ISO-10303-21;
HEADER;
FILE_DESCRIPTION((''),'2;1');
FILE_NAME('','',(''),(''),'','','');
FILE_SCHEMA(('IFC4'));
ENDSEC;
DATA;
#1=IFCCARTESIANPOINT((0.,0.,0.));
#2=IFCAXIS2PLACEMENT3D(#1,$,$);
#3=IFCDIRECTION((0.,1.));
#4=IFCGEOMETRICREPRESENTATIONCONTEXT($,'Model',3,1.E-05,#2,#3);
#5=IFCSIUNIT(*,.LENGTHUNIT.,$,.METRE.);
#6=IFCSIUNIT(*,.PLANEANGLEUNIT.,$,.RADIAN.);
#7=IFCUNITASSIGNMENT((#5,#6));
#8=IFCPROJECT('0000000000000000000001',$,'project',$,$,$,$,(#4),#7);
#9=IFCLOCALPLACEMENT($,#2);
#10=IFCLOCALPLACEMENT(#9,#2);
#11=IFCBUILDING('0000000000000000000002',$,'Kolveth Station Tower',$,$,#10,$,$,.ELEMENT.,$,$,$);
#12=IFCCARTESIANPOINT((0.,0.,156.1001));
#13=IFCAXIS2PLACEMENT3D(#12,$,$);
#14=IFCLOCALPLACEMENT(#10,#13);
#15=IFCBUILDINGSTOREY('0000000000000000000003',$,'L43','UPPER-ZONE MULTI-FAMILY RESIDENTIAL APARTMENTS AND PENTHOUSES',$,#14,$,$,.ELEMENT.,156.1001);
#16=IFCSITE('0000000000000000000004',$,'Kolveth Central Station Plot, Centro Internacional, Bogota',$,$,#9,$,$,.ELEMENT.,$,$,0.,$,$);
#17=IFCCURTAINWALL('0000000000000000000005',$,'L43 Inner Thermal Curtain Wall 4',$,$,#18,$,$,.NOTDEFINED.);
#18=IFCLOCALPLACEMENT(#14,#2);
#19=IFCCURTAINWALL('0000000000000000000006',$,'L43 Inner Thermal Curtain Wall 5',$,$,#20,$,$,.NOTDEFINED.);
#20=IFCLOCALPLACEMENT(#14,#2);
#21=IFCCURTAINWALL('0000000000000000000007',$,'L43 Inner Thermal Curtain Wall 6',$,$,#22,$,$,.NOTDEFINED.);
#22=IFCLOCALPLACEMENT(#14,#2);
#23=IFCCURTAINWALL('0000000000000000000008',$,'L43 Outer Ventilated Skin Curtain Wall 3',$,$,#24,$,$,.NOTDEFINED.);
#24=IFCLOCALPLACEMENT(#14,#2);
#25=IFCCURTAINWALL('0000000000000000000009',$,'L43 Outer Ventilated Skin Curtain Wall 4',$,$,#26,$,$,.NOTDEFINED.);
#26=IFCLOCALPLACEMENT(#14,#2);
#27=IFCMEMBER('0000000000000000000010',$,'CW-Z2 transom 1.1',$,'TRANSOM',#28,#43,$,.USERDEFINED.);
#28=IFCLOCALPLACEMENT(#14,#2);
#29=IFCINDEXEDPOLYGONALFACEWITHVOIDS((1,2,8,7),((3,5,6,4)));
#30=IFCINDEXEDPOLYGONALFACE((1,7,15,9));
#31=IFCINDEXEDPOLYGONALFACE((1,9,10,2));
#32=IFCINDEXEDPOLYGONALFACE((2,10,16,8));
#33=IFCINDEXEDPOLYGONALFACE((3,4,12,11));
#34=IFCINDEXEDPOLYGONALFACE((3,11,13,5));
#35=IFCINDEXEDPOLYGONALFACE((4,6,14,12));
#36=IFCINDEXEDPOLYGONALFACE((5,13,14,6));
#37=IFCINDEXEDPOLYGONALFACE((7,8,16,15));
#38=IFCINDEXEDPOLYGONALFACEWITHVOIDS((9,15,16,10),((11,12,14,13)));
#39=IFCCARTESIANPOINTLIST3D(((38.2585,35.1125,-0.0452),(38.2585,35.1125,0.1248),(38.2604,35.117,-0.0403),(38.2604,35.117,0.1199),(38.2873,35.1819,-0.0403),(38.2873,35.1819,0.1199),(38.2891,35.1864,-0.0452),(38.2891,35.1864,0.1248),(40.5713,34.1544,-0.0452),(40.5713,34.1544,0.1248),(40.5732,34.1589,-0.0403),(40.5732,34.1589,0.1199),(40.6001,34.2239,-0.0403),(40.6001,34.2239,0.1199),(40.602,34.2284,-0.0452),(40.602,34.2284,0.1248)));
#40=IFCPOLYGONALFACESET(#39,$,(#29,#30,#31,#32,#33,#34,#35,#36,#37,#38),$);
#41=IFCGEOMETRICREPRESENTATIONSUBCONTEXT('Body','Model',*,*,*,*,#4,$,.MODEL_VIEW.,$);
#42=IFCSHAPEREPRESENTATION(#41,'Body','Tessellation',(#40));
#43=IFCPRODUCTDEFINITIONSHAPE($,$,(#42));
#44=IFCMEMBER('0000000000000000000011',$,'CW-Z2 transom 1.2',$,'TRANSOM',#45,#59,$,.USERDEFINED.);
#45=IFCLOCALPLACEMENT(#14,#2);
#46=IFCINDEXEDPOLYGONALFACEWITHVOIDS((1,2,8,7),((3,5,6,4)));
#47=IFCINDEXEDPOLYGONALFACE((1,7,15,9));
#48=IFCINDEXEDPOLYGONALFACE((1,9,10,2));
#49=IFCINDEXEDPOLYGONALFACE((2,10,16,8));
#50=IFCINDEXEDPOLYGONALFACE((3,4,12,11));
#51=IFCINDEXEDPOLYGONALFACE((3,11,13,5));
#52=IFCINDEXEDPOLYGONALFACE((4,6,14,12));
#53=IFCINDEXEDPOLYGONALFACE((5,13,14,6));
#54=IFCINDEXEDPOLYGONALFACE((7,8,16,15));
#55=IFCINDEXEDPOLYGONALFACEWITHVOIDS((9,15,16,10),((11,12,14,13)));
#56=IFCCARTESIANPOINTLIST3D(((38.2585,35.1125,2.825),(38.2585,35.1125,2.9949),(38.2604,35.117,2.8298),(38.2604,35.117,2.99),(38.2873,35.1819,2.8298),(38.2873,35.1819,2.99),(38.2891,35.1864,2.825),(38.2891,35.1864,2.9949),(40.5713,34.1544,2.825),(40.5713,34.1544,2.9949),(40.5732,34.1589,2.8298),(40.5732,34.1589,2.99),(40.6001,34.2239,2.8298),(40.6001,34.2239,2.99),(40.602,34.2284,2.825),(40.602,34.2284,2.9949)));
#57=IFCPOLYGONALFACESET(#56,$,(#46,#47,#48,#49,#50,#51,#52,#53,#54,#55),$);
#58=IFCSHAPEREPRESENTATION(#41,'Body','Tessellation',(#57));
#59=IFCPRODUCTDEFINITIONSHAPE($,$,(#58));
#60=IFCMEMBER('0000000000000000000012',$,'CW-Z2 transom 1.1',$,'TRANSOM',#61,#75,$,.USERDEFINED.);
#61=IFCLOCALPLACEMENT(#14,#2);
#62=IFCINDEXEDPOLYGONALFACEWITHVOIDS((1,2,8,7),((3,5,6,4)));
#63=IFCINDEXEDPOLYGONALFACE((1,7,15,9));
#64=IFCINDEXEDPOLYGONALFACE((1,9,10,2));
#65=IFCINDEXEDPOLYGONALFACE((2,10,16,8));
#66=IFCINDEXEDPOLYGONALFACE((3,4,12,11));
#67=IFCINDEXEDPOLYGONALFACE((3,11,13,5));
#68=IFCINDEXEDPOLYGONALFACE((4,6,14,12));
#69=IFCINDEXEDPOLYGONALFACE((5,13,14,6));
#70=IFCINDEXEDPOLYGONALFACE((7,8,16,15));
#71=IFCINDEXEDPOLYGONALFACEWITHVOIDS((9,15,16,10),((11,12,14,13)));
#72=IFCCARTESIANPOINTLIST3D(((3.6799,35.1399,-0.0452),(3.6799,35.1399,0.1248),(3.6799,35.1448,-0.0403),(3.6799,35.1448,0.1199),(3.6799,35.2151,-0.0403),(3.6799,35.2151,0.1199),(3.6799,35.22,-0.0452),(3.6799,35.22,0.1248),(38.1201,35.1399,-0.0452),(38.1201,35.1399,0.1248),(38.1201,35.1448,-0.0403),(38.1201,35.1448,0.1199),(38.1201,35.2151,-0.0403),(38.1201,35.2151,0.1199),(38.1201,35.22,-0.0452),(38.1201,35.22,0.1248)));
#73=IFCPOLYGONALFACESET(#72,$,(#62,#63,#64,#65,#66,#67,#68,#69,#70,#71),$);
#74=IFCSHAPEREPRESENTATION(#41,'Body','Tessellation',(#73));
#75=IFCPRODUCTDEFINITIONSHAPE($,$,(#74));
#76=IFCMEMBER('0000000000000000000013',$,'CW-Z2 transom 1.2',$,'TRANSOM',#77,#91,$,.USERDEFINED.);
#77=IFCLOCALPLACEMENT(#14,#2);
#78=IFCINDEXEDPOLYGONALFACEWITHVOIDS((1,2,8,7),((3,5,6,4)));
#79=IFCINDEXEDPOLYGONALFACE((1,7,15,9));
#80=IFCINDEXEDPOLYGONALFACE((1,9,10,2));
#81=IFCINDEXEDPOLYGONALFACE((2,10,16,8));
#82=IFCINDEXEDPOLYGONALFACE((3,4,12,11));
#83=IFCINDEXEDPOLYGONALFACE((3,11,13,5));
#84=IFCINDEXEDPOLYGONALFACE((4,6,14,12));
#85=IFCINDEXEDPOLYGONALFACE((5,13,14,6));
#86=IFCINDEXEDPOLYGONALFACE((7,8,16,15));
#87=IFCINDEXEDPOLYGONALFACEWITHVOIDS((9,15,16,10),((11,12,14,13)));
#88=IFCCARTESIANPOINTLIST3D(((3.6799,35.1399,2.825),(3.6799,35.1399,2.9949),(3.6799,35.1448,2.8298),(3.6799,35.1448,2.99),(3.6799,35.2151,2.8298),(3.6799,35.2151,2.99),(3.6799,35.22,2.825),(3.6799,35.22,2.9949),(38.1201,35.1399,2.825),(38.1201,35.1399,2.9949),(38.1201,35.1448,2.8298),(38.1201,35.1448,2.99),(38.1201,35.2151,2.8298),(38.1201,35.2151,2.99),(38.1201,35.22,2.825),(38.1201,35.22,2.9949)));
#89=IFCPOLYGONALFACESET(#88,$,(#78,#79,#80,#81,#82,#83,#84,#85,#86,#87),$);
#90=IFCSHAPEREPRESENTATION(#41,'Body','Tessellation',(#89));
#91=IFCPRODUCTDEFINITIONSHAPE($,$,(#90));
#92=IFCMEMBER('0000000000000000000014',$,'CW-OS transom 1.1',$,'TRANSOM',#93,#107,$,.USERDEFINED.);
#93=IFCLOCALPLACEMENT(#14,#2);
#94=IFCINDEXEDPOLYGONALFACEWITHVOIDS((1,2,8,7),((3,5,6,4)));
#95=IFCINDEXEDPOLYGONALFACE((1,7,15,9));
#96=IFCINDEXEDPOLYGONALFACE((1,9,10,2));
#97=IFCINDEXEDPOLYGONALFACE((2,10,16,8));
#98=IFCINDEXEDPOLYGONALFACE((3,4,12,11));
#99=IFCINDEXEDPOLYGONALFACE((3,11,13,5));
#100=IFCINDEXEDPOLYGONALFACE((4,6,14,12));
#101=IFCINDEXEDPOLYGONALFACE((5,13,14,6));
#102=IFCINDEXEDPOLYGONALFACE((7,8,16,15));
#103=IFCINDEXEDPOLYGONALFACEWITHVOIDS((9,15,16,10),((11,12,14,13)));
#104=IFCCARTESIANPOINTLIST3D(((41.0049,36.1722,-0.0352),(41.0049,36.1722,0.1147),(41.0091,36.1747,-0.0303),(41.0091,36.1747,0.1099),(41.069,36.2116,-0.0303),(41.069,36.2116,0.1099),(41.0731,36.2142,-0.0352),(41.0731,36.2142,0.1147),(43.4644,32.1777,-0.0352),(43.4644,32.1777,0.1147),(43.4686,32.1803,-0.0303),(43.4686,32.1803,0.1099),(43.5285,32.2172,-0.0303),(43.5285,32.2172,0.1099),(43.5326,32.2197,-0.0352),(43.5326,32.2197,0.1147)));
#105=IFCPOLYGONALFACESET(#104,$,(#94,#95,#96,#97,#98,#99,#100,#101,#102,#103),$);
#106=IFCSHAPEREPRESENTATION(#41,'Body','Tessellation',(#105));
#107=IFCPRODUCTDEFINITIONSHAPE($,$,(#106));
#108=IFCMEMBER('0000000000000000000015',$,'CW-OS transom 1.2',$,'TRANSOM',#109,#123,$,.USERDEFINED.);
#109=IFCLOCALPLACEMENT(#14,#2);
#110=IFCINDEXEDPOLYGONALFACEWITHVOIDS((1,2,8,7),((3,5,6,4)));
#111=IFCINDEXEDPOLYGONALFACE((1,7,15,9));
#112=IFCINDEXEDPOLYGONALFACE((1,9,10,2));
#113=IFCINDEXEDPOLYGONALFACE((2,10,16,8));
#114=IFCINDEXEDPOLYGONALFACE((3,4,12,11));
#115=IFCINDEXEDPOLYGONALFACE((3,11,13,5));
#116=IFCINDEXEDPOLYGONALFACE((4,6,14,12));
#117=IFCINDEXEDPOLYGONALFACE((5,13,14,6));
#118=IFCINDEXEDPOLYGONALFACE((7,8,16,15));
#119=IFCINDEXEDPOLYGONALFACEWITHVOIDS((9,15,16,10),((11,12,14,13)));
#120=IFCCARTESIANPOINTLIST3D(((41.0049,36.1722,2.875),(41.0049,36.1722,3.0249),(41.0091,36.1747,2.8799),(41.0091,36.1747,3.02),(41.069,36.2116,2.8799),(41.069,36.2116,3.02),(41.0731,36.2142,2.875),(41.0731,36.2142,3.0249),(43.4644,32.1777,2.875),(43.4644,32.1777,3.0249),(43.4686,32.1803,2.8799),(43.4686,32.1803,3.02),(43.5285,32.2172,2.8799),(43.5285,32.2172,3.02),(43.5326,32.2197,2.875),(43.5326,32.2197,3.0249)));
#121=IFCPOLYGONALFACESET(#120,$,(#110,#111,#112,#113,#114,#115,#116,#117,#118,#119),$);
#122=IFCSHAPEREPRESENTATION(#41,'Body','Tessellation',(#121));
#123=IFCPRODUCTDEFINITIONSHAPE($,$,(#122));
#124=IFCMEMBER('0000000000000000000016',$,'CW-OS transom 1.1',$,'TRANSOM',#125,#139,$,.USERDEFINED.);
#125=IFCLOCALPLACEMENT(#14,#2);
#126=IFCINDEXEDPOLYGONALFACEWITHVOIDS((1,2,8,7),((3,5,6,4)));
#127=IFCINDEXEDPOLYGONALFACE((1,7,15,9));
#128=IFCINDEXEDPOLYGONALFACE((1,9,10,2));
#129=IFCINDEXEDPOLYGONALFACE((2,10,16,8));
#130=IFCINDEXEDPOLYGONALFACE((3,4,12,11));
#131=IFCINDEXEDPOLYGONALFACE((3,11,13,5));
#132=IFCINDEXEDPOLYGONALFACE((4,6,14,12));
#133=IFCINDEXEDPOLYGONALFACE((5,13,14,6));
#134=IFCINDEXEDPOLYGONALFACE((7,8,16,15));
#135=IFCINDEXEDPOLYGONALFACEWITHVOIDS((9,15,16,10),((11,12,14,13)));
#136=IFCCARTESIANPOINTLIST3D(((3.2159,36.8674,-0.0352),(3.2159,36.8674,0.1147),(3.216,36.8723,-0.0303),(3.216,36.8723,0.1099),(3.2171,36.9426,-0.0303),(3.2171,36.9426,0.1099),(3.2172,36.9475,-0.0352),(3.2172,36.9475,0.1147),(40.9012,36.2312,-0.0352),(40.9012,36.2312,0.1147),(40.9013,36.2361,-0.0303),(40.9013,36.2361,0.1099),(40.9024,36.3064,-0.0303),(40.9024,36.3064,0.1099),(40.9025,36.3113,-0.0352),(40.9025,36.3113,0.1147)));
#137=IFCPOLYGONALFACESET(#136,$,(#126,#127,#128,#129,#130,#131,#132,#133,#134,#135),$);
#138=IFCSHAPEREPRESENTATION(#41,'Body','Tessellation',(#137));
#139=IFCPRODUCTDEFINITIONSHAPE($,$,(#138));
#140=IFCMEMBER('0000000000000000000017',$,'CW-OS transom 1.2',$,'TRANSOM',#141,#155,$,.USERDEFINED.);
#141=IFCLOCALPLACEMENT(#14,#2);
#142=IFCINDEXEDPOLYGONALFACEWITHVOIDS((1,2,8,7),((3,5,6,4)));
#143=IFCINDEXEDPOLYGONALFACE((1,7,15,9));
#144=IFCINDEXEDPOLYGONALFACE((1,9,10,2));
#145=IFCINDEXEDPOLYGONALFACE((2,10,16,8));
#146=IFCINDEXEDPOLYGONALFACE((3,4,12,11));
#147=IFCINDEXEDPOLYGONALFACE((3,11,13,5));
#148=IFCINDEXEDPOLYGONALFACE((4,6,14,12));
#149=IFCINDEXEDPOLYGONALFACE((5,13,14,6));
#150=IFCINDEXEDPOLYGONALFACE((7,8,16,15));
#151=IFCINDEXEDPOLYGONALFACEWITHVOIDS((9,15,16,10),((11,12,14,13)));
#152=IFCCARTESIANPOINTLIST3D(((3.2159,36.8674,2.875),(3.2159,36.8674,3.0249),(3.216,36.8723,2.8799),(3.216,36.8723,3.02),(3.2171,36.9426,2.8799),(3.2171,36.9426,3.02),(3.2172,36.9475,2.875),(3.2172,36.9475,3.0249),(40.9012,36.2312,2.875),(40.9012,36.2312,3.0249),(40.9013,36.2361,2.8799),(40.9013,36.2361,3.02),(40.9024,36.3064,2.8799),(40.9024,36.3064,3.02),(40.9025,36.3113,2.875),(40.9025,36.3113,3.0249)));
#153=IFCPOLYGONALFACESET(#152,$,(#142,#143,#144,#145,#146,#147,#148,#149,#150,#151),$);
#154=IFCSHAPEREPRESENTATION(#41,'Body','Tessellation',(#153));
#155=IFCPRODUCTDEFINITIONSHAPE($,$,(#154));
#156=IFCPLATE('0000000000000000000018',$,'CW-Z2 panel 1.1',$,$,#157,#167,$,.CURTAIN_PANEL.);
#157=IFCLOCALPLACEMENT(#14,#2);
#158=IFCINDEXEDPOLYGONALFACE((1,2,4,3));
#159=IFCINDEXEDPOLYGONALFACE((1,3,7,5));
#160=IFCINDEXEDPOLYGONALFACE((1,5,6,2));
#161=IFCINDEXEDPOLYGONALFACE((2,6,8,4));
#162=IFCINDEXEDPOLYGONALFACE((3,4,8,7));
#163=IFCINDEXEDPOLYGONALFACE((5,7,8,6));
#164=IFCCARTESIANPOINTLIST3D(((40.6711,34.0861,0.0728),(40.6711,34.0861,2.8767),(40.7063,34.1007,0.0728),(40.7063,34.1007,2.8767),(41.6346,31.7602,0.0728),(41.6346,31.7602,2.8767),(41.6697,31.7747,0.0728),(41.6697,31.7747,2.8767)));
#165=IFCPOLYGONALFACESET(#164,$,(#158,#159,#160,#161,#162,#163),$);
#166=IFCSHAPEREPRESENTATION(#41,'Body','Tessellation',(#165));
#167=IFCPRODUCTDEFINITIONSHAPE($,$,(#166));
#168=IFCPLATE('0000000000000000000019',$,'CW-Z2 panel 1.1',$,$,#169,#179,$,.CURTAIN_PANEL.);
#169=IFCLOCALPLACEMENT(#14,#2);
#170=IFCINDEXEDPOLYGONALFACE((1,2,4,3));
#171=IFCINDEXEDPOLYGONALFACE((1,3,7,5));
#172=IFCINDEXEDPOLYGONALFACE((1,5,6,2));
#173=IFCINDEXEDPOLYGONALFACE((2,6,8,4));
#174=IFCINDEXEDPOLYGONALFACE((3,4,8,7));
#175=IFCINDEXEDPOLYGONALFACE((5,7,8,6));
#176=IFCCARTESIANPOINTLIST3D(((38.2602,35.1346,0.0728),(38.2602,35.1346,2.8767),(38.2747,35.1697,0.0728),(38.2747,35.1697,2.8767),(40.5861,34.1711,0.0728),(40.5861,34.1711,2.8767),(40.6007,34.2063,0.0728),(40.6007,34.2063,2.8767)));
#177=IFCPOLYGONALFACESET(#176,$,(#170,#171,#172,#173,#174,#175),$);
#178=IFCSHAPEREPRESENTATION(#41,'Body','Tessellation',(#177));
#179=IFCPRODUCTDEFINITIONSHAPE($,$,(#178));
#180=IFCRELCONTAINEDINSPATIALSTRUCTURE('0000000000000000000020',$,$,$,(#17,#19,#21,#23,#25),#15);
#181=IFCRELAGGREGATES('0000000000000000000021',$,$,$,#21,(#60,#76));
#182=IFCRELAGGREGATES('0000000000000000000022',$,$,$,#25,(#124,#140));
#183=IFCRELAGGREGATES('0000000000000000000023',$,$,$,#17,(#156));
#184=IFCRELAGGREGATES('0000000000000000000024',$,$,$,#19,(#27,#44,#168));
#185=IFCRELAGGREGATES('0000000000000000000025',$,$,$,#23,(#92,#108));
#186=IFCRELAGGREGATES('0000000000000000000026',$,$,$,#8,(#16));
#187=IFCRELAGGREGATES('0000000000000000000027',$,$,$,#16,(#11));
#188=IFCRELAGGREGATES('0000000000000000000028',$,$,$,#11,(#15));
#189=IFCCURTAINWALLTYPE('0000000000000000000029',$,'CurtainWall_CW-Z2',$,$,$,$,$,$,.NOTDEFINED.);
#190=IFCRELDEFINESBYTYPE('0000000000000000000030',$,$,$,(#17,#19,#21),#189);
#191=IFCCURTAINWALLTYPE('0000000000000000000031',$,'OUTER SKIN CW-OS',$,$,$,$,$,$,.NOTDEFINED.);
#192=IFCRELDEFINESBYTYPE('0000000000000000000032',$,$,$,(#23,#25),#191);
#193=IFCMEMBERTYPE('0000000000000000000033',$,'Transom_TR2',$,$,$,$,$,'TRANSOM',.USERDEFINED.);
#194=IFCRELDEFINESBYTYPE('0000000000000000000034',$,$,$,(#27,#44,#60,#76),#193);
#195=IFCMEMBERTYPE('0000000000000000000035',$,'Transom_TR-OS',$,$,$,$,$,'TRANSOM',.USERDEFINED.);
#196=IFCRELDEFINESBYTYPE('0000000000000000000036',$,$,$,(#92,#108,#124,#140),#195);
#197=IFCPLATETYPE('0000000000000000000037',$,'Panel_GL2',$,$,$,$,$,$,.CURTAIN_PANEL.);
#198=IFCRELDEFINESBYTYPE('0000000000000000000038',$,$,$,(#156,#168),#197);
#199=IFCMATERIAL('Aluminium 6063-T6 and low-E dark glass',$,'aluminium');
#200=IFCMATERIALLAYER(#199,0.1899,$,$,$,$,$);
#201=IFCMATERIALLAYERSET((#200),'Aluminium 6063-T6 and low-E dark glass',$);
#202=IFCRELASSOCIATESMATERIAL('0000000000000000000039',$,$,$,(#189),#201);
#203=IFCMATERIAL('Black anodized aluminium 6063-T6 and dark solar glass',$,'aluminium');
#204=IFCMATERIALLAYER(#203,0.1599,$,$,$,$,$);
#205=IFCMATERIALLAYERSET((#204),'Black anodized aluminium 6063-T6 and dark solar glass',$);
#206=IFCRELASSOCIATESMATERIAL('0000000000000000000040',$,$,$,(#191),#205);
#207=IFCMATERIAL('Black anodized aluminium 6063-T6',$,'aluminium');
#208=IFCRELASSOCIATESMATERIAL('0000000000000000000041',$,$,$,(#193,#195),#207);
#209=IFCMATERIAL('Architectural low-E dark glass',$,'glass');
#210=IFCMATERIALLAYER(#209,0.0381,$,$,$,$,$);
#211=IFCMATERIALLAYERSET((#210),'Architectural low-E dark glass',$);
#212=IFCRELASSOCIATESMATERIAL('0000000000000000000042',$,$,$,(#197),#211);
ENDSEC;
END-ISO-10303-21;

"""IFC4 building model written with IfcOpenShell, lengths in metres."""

from ifc_helpers import new_model, si_unit, direction, frame, origin, origin_2d, place, context, subcontext, project, spatial, rectangle, hollow_rectangle, extrude, source, transform, mapped, material, layer, layer_set, material_profile, profile_set, type_object, element, aggregate, save


model = new_model("IFC4")

# Units and contexts
model_context = context("Model", 3, precision=1e-05, world=origin(), true_north=direction((0.0, 1.0)))
body_context = subcontext(model_context, "Body", "Model", "MODEL_VIEW")
ifc_project = project(units=[si_unit("LENGTHUNIT", "METRE"), si_unit("PLANEANGLEUNIT", "RADIAN")], contexts=[model_context])

# Site, building, storey
site_placement = place(None, origin())
site = spatial("IfcSite", under=ifc_project, at=site_placement, Name="Kolveth Central Station Plot, Centro Internacional, Bogota", CompositionType="ELEMENT", RefElevation=0.0)
building_placement = place(site_placement, origin())
building = spatial("IfcBuilding", under=site, at=building_placement, Name="Kolveth Station Tower", CompositionType="ELEMENT")
storey_placement = place(building_placement, frame((0.0, 0.0, 156.1001)))
storey = spatial("IfcBuildingStorey", under=building, at=storey_placement, Name="L43", Description="UPPER-ZONE MULTI-FAMILY RESIDENTIAL APARTMENTS AND PENTHOUSES", CompositionType="ELEMENT", Elevation=156.1001)

# Curtain wall
ifc_material_1 = material(Name="Aluminium 6063-T6 and low-E dark glass", Category="aluminium")
ifc_layer_1 = layer(ifc_material_1, 0.1899)
ifc_layer_set_1 = layer_set([ifc_layer_1], Name="Aluminium 6063-T6 and low-E dark glass")
curtain_wall_type_1 = type_object("IfcCurtainWallType", Name="CurtainWall_CW-Z2", PredefinedType="NOTDEFINED", material=ifc_layer_set_1)
curtain_wall_1_placement = place(storey_placement, origin())
curtain_wall_1 = element("IfcCurtainWall", 1, at=curtain_wall_1_placement, inside=storey, type_object=curtain_wall_type_1, Name="L43 Inner Thermal Curtain Wall 4", PredefinedType="NOTDEFINED")
ifc_material_2 = material(Name="Black anodized aluminium 6063-T6", Category="aluminium")

# Curtain wall
curtain_wall_2_placement = place(storey_placement, origin())
curtain_wall_2 = element("IfcCurtainWall", 2, at=curtain_wall_2_placement, inside=storey, type_object=curtain_wall_type_1, Name="L43 Inner Thermal Curtain Wall 5", PredefinedType="NOTDEFINED")

# Curtain wall
curtain_wall_3_placement = place(storey_placement, origin())
curtain_wall_3 = element("IfcCurtainWall", 3, at=curtain_wall_3_placement, inside=storey, type_object=curtain_wall_type_1, Name="L43 Inner Thermal Curtain Wall 6", PredefinedType="NOTDEFINED")
ifc_material_3 = material(Name="Black anodized aluminium 6063-T6 and dark solar glass", Category="aluminium")
ifc_layer_2 = layer(ifc_material_3, 0.1599)
ifc_layer_set_2 = layer_set([ifc_layer_2], Name="Black anodized aluminium 6063-T6 and dark solar glass")
curtain_wall_type_2 = type_object("IfcCurtainWallType", Name="OUTER SKIN CW-OS", PredefinedType="NOTDEFINED", material=ifc_layer_set_2)

# Curtain wall
curtain_wall_4_placement = place(storey_placement, origin())
curtain_wall_4 = element("IfcCurtainWall", 4, at=curtain_wall_4_placement, inside=storey, type_object=curtain_wall_type_2, Name="L43 Outer Ventilated Skin Curtain Wall 3", PredefinedType="NOTDEFINED")

# Curtain wall
curtain_wall_5_placement = place(storey_placement, origin())
curtain_wall_5 = element("IfcCurtainWall", 5, at=curtain_wall_5_placement, inside=storey, type_object=curtain_wall_type_2, Name="L43 Outer Ventilated Skin Curtain Wall 4", PredefinedType="NOTDEFINED")

# Members
ifc_material_profile_1 = material_profile(ifc_material_2, hollow_rectangle(XDim=0.0801, YDim=0.1699, WallThickness=0.0049, at=origin_2d()), Name="ALU-80x170x5")
ifc_profile_set_1 = profile_set([ifc_material_profile_1], Name="Black anodized aluminium 6063-T6")
member_type_1 = type_object("IfcMemberType", Name="Transom_TR2", ElementType="TRANSOM", PredefinedType="USERDEFINED", material=ifc_profile_set_1)
shared_shape_1 = source(origin(), body_context, "Body", "SweptSolid", [
    extrude(hollow_rectangle(XDim=0.0801, YDim=0.1699, WallThickness=0.0049, at=origin_2d()), origin(), (0.0, 0.0, 1.0), 2.5034),
])
member_1_placement = place(storey_placement, frame((40.5867, 34.1914, 0.0398), z_axis=(-0.923874, 0.382696, 0.0), x_axis=(-0.382696, -0.923874, 0.0)))
member_1 = element("IfcMember", 6, at=member_1_placement, type_object=member_type_1, Name="CW-Z2 transom 1.1", ObjectType="TRANSOM", PredefinedType="USERDEFINED", context=body_context, shape_type="MappedRepresentation", body=[
    mapped(shared_shape_1, transform((0.0, 0.0, 0.0), x_axis=(1.0, 0.0, 0.0), y_axis=(0.0, 1.0, 0.0), z_axis=(0.0, 0.0, 1.0), scale=1.0)),
])
member_2_placement = place(storey_placement, frame((40.5867, 34.1914, 2.9099), z_axis=(-0.923874, 0.382696, 0.0), x_axis=(-0.382696, -0.923874, 0.0)))
member_2 = element("IfcMember", 7, at=member_2_placement, type_object=member_type_1, Name="CW-Z2 transom 1.2", ObjectType="TRANSOM", PredefinedType="USERDEFINED", context=body_context, shape_type="MappedRepresentation", body=[
    mapped(shared_shape_1, transform((0.0, 0.0, 0.0), x_axis=(1.0, 0.0, 0.0), y_axis=(0.0, 1.0, 0.0), z_axis=(0.0, 0.0, 1.0), scale=1.0)),
])
shared_shape_2 = source(origin(), body_context, "Body", "SweptSolid", [
    extrude(hollow_rectangle(XDim=0.0801, YDim=0.1699, WallThickness=0.0049, at=origin_2d()), origin(), (0.0, 0.0, 1.0), 34.4402),
])
member_3_placement = place(storey_placement, frame((38.1201, 35.1799, 0.0398), z_axis=(-1.0, 0.0, 0.0), x_axis=(0.0, -1.0, 0.0)))
member_3 = element("IfcMember", 8, at=member_3_placement, type_object=member_type_1, Name="CW-Z2 transom 1.1", ObjectType="TRANSOM", PredefinedType="USERDEFINED", context=body_context, shape_type="MappedRepresentation", body=[
    mapped(shared_shape_2, transform((0.0, 0.0, 0.0), x_axis=(1.0, 0.0, 0.0), y_axis=(0.0, 1.0, 0.0), z_axis=(0.0, 0.0, 1.0), scale=1.0)),
])
member_4_placement = place(storey_placement, frame((38.1201, 35.1799, 2.9099), z_axis=(-1.0, 0.0, 0.0), x_axis=(0.0, -1.0, 0.0)))
member_4 = element("IfcMember", 9, at=member_4_placement, type_object=member_type_1, Name="CW-Z2 transom 1.2", ObjectType="TRANSOM", PredefinedType="USERDEFINED", context=body_context, shape_type="MappedRepresentation", body=[
    mapped(shared_shape_2, transform((0.0, 0.0, 0.0), x_axis=(1.0, 0.0, 0.0), y_axis=(0.0, 1.0, 0.0), z_axis=(0.0, 0.0, 1.0), scale=1.0)),
])
aggregate(curtain_wall_3, [member_3, member_4])
ifc_material_profile_2 = material_profile(ifc_material_2, hollow_rectangle(XDim=0.0801, YDim=0.1499, WallThickness=0.0049, at=origin_2d()), Name="ALU-80x150x5")
ifc_profile_set_2 = profile_set([ifc_material_profile_2], Name="Black anodized aluminium 6063-T6")
member_type_2 = type_object("IfcMemberType", Name="Transom_TR-OS", ElementType="TRANSOM", PredefinedType="USERDEFINED", material=ifc_profile_set_2)
shared_shape_3 = source(origin(), body_context, "Body", "SweptSolid", [
    extrude(hollow_rectangle(XDim=0.0801, YDim=0.1499, WallThickness=0.0049, at=origin_2d()), origin(), (0.0, 0.0, 1.0), 4.6909),
])
member_5_placement = place(storey_placement, frame((43.4985, 32.1987, 0.0398), z_axis=(-0.524312, 0.851526, 0.0), x_axis=(-0.851526, -0.524312, 0.0)))
member_5 = element("IfcMember", 10, at=member_5_placement, type_object=member_type_2, Name="CW-OS transom 1.1", ObjectType="TRANSOM", PredefinedType="USERDEFINED", context=body_context, shape_type="MappedRepresentation", body=[
    mapped(shared_shape_3, transform((0.0, 0.0, 0.0), x_axis=(1.0, 0.0, 0.0), y_axis=(0.0, 1.0, 0.0), z_axis=(0.0, 0.0, 1.0), scale=1.0)),
])
member_6_placement = place(storey_placement, frame((43.4985, 32.1987, 2.95), z_axis=(-0.524312, 0.851526, 0.0), x_axis=(-0.851526, -0.524312, 0.0)))
member_6 = element("IfcMember", 11, at=member_6_placement, type_object=member_type_2, Name="CW-OS transom 1.2", ObjectType="TRANSOM", PredefinedType="USERDEFINED", context=body_context, shape_type="MappedRepresentation", body=[
    mapped(shared_shape_3, transform((0.0, 0.0, 0.0), x_axis=(1.0, 0.0, 0.0), y_axis=(0.0, 1.0, 0.0), z_axis=(0.0, 0.0, 1.0), scale=1.0)),
])
shared_shape_4 = source(origin(), body_context, "Body", "SweptSolid", [
    extrude(hollow_rectangle(XDim=0.0801, YDim=0.1499, WallThickness=0.0049, at=origin_2d()), origin(), (0.0, 0.0, 1.0), 37.6907),
])
member_7_placement = place(storey_placement, frame((40.9019, 36.2712, 0.0398), z_axis=(-0.999858, 0.01688, 0.0), x_axis=(-0.01688, -0.999858, 0.0)))
member_7 = element("IfcMember", 12, at=member_7_placement, type_object=member_type_2, Name="CW-OS transom 1.1", ObjectType="TRANSOM", PredefinedType="USERDEFINED", context=body_context, shape_type="MappedRepresentation", body=[
    mapped(shared_shape_4, transform((0.0, 0.0, 0.0), x_axis=(1.0, 0.0, 0.0), y_axis=(0.0, 1.0, 0.0), z_axis=(0.0, 0.0, 1.0), scale=1.0)),
])
member_8_placement = place(storey_placement, frame((40.9019, 36.2712, 2.95), z_axis=(-0.999858, 0.01688, 0.0), x_axis=(-0.01688, -0.999858, 0.0)))
member_8 = element("IfcMember", 13, at=member_8_placement, type_object=member_type_2, Name="CW-OS transom 1.2", ObjectType="TRANSOM", PredefinedType="USERDEFINED", context=body_context, shape_type="MappedRepresentation", body=[
    mapped(shared_shape_4, transform((0.0, 0.0, 0.0), x_axis=(1.0, 0.0, 0.0), y_axis=(0.0, 1.0, 0.0), z_axis=(0.0, 0.0, 1.0), scale=1.0)),
])
aggregate(curtain_wall_5, [member_7, member_8])

# Plates
ifc_material_4 = material(Name="Architectural low-E dark glass", Category="glass")
ifc_layer_3 = layer(ifc_material_4, 0.0381)
ifc_layer_set_3 = layer_set([ifc_layer_3], Name="Architectural low-E dark glass")
plate_type_1 = type_object("IfcPlateType", Name="Panel_GL2", PredefinedType="CURTAIN_PANEL", material=ifc_layer_set_3)
shared_shape_5 = source(origin(), body_context, "Body", "SweptSolid", [
    extrude(rectangle(XDim=2.5176, YDim=0.0381, at=origin_2d()), origin(), (0.0, 0.0, 1.0), 2.804),
])
plate_1_placement = place(storey_placement, frame((41.1704, 32.9304, 0.0728), z_axis=(0.0, 0.0, 1.0), x_axis=(-0.382698, 0.923874, 0.0)))
plate_1 = element("IfcPlate", 14, at=plate_1_placement, type_object=plate_type_1, Name="CW-Z2 panel 1.1", PredefinedType="CURTAIN_PANEL", context=body_context, shape_type="MappedRepresentation", body=[
    mapped(shared_shape_5, transform((0.0, 0.0, 0.0), x_axis=(1.0, 0.0, 0.0), y_axis=(0.0, 1.0, 0.0), z_axis=(0.0, 0.0, 1.0), scale=1.0)),
])
aggregate(curtain_wall_1, [plate_1])
plate_2_placement = place(storey_placement, frame((39.4304, 34.6704, 0.0728), z_axis=(0.0, 0.0, 1.0), x_axis=(-0.923874, 0.382698, 0.0)))
plate_2 = element("IfcPlate", 15, at=plate_2_placement, type_object=plate_type_1, Name="CW-Z2 panel 1.1", PredefinedType="CURTAIN_PANEL", context=body_context, shape_type="MappedRepresentation", body=[
    mapped(shared_shape_5, transform((0.0, 0.0, 0.0), x_axis=(1.0, 0.0, 0.0), y_axis=(0.0, 1.0, 0.0), z_axis=(0.0, 0.0, 1.0), scale=1.0)),
])
aggregate(curtain_wall_2, [member_1, member_2, plate_2])
aggregate(curtain_wall_4, [member_5, member_6])

save(model, "model.ifc")
